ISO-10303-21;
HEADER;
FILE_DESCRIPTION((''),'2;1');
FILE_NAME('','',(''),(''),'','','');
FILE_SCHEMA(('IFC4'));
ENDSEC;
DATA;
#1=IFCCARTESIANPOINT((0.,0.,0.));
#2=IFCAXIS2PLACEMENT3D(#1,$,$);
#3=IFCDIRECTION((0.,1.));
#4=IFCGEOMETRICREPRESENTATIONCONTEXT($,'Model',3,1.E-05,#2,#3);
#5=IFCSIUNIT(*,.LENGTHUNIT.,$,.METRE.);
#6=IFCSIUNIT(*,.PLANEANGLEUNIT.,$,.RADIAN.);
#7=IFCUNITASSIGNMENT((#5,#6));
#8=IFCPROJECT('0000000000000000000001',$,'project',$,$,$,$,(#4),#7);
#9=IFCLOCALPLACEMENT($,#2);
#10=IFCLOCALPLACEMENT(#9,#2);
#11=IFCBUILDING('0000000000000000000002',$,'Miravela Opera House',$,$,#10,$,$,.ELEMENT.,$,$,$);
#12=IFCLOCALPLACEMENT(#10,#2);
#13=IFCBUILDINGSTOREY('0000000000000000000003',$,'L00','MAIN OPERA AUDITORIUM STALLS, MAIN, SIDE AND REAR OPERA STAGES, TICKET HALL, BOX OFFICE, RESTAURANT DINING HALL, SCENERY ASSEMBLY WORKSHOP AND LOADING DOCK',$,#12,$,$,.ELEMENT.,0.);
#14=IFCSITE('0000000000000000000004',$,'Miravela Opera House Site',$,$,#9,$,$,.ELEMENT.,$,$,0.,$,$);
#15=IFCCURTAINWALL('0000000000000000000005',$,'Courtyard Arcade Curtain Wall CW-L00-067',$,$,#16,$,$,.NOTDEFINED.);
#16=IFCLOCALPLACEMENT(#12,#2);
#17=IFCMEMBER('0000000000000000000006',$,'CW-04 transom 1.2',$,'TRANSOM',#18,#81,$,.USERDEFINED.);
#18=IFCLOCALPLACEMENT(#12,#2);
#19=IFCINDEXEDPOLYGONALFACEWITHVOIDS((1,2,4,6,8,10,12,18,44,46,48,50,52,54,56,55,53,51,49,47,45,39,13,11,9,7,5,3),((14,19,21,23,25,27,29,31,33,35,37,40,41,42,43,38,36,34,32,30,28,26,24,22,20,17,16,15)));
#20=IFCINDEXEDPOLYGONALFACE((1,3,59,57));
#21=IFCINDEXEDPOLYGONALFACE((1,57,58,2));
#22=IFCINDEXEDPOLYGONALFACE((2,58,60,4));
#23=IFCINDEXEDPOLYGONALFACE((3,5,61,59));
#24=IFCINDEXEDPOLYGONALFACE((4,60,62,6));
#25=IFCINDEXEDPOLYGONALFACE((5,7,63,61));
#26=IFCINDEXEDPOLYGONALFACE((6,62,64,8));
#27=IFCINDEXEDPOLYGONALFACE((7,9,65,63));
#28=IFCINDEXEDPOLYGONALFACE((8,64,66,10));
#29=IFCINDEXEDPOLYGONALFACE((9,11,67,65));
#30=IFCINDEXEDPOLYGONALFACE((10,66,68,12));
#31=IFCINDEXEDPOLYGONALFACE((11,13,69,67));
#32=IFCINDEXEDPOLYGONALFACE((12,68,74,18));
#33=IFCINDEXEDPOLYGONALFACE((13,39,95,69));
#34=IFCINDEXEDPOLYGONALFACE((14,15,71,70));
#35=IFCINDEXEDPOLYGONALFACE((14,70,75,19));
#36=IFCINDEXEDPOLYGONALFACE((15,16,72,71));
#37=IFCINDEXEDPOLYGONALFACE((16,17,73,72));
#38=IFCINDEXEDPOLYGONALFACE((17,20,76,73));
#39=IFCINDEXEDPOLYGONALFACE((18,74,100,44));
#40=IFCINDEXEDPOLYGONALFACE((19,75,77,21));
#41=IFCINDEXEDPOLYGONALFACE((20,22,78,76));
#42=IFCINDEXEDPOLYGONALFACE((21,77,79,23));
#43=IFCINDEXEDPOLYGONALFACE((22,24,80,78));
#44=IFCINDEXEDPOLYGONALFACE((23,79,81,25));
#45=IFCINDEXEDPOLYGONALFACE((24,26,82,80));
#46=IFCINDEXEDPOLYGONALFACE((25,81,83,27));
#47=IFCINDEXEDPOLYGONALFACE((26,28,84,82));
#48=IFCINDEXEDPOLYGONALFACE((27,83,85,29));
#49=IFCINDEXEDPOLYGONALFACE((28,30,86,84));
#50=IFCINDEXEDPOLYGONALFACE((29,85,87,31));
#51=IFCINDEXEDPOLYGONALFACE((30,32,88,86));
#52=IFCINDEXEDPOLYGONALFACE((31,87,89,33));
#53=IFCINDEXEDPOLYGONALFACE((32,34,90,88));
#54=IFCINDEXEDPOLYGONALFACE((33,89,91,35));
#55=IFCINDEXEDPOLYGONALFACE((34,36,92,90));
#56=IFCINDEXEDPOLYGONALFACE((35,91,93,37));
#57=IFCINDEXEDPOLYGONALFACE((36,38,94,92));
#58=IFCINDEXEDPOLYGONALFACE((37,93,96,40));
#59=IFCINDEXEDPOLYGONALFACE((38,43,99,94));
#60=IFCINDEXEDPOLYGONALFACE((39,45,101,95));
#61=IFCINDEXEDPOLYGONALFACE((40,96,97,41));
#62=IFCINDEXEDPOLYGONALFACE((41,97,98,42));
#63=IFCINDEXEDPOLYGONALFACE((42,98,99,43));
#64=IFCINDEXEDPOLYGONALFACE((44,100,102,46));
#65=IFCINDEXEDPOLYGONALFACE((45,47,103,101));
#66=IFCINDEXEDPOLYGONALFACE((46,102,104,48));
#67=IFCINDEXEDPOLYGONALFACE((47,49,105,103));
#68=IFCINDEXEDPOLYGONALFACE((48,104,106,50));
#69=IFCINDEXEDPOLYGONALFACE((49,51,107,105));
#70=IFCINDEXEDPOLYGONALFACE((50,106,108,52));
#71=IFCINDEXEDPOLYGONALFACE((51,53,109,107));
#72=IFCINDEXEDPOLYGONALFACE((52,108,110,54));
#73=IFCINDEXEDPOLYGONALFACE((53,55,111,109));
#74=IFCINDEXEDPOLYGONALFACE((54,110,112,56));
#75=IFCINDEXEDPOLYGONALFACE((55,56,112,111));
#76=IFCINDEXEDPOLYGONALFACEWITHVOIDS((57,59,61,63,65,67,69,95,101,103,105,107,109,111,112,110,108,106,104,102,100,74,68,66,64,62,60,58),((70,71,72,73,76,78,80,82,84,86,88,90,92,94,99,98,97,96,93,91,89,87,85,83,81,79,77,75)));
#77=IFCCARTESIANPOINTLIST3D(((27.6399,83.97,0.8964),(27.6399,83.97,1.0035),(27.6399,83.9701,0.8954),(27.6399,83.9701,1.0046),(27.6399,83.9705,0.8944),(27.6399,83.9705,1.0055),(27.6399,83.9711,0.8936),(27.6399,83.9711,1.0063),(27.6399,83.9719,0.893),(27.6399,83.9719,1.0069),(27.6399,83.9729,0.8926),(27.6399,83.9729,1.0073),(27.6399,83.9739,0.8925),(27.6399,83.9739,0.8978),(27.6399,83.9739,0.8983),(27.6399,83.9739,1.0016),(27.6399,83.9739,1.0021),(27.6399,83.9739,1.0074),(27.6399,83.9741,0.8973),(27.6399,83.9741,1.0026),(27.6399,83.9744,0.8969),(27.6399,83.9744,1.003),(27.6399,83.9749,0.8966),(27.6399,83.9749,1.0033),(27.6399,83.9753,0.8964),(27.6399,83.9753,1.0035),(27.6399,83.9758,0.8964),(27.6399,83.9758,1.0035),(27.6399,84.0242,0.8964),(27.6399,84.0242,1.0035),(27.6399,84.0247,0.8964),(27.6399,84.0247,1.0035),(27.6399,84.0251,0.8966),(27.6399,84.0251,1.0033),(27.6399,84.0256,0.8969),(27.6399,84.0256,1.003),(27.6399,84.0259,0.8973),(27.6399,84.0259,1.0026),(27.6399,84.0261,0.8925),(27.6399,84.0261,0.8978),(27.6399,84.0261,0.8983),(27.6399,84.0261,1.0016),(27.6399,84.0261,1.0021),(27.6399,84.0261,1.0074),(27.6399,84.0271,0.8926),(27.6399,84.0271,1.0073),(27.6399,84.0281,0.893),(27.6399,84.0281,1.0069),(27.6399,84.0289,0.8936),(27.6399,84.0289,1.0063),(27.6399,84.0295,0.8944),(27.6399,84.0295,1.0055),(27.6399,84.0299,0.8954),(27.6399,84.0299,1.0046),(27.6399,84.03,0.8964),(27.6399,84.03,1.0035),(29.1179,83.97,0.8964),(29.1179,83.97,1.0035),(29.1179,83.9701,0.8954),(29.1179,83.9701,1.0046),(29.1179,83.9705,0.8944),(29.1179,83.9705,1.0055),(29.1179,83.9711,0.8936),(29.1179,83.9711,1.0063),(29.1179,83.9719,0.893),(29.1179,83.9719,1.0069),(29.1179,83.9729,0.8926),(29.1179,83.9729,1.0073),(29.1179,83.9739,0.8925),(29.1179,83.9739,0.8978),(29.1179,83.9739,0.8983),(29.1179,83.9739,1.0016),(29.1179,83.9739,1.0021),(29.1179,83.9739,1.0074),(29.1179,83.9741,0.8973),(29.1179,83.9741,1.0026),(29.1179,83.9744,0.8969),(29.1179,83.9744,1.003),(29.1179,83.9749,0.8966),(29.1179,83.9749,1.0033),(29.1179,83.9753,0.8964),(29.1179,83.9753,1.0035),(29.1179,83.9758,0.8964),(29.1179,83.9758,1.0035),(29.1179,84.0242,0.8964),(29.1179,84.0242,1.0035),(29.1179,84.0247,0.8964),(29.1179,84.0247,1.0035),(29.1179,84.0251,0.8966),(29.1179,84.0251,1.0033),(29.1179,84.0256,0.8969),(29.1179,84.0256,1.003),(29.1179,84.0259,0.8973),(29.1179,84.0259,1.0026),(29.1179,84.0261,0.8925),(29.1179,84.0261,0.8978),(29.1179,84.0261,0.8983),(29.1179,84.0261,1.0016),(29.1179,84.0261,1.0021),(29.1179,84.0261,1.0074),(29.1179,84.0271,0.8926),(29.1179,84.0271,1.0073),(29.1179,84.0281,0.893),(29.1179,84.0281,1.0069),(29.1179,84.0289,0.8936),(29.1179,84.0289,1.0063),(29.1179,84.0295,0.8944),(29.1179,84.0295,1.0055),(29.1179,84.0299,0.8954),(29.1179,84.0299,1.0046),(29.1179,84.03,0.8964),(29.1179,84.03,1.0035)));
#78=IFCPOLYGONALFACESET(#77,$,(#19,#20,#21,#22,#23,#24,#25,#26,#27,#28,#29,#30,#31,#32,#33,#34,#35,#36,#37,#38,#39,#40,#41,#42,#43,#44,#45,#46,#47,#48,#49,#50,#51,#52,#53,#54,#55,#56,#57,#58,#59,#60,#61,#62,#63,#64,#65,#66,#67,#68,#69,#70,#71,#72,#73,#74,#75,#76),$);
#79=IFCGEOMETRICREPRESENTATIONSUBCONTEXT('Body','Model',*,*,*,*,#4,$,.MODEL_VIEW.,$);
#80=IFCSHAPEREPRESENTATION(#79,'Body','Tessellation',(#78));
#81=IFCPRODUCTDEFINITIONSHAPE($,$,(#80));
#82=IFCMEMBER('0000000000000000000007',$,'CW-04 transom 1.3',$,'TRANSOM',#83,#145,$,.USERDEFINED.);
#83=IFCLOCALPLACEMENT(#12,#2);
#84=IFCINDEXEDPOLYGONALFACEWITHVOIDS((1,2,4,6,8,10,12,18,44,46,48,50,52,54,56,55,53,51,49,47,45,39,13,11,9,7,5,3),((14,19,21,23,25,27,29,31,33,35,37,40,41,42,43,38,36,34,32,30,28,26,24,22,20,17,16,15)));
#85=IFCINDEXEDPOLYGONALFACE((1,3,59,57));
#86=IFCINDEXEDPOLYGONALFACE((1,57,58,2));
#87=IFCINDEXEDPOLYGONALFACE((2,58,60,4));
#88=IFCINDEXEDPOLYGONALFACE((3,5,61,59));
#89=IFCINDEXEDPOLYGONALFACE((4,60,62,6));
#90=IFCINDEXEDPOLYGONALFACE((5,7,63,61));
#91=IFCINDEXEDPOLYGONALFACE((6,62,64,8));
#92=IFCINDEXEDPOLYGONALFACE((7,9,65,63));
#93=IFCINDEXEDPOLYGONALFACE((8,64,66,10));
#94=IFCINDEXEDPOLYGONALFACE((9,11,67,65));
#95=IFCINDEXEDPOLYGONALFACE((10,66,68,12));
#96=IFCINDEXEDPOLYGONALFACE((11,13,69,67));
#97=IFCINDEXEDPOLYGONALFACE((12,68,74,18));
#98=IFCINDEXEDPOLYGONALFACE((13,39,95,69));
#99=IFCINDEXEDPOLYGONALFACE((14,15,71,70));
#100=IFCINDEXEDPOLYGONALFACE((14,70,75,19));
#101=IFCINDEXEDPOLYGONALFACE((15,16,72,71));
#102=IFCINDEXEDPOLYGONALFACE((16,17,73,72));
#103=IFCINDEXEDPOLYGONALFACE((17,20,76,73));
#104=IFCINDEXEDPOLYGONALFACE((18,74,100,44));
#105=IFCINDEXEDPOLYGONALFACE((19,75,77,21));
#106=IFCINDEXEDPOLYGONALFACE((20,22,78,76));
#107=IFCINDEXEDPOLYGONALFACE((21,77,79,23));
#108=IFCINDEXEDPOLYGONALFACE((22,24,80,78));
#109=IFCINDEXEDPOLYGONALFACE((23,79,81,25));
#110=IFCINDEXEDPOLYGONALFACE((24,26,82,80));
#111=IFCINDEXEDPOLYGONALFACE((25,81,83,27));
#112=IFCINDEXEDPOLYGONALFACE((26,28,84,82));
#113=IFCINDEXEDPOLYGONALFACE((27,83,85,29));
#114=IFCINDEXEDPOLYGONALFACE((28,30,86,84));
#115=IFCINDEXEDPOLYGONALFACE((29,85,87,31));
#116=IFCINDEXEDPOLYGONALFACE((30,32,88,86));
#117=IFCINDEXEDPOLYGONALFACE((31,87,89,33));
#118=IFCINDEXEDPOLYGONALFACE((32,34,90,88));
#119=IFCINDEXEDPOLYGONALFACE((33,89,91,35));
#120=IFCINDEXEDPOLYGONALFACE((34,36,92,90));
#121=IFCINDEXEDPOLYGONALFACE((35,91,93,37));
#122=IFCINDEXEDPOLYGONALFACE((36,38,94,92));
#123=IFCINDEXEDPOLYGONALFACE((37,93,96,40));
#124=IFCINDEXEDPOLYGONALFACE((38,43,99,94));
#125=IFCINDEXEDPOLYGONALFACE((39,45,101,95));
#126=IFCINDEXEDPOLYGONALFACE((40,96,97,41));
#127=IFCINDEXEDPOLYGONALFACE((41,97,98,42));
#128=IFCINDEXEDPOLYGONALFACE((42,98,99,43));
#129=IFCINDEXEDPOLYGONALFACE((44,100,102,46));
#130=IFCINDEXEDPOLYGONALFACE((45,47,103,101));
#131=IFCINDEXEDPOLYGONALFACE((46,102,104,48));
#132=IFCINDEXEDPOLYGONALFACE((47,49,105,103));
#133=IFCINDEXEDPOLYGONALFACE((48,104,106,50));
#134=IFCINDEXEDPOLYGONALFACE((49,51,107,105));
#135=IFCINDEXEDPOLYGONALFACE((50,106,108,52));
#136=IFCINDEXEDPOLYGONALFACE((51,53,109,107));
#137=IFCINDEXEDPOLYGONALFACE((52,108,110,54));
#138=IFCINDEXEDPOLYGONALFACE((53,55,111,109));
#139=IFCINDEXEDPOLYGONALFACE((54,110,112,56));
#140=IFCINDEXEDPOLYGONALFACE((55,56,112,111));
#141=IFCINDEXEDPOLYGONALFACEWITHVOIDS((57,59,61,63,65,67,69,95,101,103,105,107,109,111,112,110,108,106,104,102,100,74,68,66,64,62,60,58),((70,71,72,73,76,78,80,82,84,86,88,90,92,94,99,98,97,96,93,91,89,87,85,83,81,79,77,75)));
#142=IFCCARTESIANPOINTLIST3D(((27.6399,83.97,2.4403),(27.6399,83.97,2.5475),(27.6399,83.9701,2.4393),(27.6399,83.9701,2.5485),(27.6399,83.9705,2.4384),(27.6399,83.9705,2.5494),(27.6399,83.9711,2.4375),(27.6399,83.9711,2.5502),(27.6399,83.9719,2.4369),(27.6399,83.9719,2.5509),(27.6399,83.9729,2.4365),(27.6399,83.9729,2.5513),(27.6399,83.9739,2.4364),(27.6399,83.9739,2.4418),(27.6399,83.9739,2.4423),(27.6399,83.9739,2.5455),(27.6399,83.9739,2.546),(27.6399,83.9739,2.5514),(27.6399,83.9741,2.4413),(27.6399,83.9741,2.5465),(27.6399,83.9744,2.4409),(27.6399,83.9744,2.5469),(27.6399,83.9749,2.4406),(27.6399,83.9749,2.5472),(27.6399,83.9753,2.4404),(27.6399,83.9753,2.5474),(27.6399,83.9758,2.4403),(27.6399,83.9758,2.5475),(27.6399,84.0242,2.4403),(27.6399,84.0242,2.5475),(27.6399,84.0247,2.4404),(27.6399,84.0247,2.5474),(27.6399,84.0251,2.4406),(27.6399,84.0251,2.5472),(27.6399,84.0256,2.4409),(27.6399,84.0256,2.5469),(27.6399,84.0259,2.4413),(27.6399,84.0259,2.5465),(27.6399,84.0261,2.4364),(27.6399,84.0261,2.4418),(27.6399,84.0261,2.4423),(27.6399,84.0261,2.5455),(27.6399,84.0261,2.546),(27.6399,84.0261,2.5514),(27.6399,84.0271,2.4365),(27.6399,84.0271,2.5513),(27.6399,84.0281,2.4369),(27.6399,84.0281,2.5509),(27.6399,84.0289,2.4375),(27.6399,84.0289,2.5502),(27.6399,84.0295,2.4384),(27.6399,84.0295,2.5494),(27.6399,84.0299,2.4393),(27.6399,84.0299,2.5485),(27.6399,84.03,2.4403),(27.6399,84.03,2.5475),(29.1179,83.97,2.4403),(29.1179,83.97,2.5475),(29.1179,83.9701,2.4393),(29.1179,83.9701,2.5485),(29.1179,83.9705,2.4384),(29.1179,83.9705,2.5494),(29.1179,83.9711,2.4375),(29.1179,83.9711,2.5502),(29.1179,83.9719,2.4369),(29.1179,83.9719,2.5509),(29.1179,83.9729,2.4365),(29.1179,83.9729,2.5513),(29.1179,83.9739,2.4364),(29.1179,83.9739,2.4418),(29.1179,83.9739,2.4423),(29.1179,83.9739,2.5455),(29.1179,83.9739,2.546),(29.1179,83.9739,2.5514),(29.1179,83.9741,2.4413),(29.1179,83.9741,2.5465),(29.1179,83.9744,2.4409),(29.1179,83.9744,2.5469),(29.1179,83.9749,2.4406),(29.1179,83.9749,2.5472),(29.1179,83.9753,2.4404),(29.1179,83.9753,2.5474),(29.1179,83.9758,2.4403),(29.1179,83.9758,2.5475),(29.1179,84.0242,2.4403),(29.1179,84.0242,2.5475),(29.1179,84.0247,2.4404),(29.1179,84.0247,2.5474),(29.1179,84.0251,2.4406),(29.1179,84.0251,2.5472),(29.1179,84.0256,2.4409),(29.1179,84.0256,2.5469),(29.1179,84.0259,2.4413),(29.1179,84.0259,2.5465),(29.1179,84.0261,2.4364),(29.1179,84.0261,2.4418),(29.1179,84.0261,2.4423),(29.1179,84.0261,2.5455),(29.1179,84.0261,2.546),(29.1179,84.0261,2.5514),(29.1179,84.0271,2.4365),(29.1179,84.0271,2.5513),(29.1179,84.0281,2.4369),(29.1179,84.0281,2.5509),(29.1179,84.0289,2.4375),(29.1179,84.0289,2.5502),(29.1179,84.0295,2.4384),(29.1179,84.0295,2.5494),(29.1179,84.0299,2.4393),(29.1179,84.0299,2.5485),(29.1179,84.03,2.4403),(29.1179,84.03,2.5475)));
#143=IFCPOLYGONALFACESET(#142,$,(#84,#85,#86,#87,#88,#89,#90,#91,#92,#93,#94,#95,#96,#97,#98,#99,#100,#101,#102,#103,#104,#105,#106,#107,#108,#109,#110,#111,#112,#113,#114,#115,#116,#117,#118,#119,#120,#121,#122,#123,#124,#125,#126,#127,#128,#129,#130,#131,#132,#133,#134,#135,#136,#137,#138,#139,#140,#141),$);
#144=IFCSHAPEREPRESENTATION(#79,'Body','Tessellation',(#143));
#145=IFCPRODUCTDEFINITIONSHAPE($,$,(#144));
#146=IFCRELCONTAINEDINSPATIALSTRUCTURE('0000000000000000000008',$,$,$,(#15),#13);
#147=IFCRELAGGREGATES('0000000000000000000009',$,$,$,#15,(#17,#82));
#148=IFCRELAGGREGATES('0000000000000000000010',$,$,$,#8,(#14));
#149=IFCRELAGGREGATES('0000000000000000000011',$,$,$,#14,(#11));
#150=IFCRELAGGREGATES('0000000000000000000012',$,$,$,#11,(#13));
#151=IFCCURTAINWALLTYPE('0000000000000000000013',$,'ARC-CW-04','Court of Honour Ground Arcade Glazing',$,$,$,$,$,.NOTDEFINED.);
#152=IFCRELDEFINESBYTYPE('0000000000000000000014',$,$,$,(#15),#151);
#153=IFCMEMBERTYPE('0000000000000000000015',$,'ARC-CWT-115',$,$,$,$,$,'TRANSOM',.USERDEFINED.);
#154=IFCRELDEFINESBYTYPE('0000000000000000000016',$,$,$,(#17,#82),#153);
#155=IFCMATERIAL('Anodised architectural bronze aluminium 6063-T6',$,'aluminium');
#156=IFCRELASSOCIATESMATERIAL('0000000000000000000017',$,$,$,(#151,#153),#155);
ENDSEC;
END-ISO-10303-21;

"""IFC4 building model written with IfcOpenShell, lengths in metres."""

from ifc_helpers import new_model, si_unit, direction, frame, origin, origin_2d, place, context, subcontext, project, spatial, hollow_rectangle, extrude, material, material_profile, profile_set, type_object, element, aggregate, save


model = new_model("IFC4")

# Units and contexts
model_context = context("Model", 3, precision=1e-05, world=origin(), true_north=direction((0.0, 1.0)))
body_context = subcontext(model_context, "Body", "Model", "MODEL_VIEW")
ifc_project = project(units=[si_unit("LENGTHUNIT", "METRE"), si_unit("PLANEANGLEUNIT", "RADIAN")], contexts=[model_context])

# Site, building, storey
site_placement = place(None, origin())
site = spatial("IfcSite", under=ifc_project, at=site_placement, Name="Miravela Opera House Site", CompositionType="ELEMENT", RefElevation=0.0)
building_placement = place(site_placement, origin())
building = spatial("IfcBuilding", under=site, at=building_placement, Name="Miravela Opera House", CompositionType="ELEMENT")
storey_placement = place(building_placement, origin())
storey = spatial("IfcBuildingStorey", under=building, at=storey_placement, Name="L00", Description="MAIN OPERA AUDITORIUM STALLS, MAIN, SIDE AND REAR OPERA STAGES, TICKET HALL, BOX OFFICE, RESTAURANT DINING HALL, SCENERY ASSEMBLY WORKSHOP AND LOADING DOCK", CompositionType="ELEMENT", Elevation=0.0)

# Curtain wall, members
ifc_material_1 = material(Name="Anodised architectural bronze aluminium 6063-T6", Category="aluminium")
curtain_wall_type = type_object("IfcCurtainWallType", Name="ARC-CW-04", Description="Court of Honour Ground Arcade Glazing", PredefinedType="NOTDEFINED", material=ifc_material_1)
curtain_wall_placement = place(storey_placement, origin())
curtain_wall = element("IfcCurtainWall", 1, at=curtain_wall_placement, inside=storey, type_object=curtain_wall_type, Name="Courtyard Arcade Curtain Wall CW-L00-067", PredefinedType="NOTDEFINED")
ifc_material_profile_1 = material_profile(ifc_material_1, hollow_rectangle(XDim=0.0601, YDim=0.115, WallThickness=0.0039, InnerFilletRadius=0.002, OuterFilletRadius=0.0039, at=origin_2d()), Name="CWT-60X115")
ifc_profile_set_1 = profile_set([ifc_material_profile_1])
member_type_1 = type_object("IfcMemberType", Name="ARC-CWT-115", ElementType="TRANSOM", PredefinedType="USERDEFINED", material=ifc_profile_set_1)
member_1_placement = place(storey_placement, frame((27.6399, 84.0, 0.95), z_axis=(1.0, 0.0, 0.0), x_axis=(0.0, 1.0, 0.0)))
member_1 = element("IfcMember", 2, at=member_1_placement, type_object=member_type_1, Name="CW-04 transom 1.2", ObjectType="TRANSOM", PredefinedType="USERDEFINED", context=body_context, shape_type="SweptSolid", body=[
    extrude(hollow_rectangle(XDim=0.0601, YDim=0.115, WallThickness=0.0039, InnerFilletRadius=0.002, OuterFilletRadius=0.0039, at=origin_2d()), origin(), (0.0, 0.0, 1.0), 1.478),
])
member_2_placement = place(storey_placement, frame((27.6399, 84.0, 2.4939), z_axis=(1.0, 0.0, 0.0), x_axis=(0.0, 1.0, 0.0)))
member_2 = element("IfcMember", 3, at=member_2_placement, type_object=member_type_1, Name="CW-04 transom 1.3", ObjectType="TRANSOM", PredefinedType="USERDEFINED", context=body_context, shape_type="SweptSolid", body=[
    extrude(hollow_rectangle(XDim=0.0601, YDim=0.115, WallThickness=0.0039, InnerFilletRadius=0.002, OuterFilletRadius=0.0039, at=origin_2d()), origin(), (0.0, 0.0, 1.0), 1.478),
])

aggregate(curtain_wall, [member_1, member_2])

save(model, "model.ifc")
